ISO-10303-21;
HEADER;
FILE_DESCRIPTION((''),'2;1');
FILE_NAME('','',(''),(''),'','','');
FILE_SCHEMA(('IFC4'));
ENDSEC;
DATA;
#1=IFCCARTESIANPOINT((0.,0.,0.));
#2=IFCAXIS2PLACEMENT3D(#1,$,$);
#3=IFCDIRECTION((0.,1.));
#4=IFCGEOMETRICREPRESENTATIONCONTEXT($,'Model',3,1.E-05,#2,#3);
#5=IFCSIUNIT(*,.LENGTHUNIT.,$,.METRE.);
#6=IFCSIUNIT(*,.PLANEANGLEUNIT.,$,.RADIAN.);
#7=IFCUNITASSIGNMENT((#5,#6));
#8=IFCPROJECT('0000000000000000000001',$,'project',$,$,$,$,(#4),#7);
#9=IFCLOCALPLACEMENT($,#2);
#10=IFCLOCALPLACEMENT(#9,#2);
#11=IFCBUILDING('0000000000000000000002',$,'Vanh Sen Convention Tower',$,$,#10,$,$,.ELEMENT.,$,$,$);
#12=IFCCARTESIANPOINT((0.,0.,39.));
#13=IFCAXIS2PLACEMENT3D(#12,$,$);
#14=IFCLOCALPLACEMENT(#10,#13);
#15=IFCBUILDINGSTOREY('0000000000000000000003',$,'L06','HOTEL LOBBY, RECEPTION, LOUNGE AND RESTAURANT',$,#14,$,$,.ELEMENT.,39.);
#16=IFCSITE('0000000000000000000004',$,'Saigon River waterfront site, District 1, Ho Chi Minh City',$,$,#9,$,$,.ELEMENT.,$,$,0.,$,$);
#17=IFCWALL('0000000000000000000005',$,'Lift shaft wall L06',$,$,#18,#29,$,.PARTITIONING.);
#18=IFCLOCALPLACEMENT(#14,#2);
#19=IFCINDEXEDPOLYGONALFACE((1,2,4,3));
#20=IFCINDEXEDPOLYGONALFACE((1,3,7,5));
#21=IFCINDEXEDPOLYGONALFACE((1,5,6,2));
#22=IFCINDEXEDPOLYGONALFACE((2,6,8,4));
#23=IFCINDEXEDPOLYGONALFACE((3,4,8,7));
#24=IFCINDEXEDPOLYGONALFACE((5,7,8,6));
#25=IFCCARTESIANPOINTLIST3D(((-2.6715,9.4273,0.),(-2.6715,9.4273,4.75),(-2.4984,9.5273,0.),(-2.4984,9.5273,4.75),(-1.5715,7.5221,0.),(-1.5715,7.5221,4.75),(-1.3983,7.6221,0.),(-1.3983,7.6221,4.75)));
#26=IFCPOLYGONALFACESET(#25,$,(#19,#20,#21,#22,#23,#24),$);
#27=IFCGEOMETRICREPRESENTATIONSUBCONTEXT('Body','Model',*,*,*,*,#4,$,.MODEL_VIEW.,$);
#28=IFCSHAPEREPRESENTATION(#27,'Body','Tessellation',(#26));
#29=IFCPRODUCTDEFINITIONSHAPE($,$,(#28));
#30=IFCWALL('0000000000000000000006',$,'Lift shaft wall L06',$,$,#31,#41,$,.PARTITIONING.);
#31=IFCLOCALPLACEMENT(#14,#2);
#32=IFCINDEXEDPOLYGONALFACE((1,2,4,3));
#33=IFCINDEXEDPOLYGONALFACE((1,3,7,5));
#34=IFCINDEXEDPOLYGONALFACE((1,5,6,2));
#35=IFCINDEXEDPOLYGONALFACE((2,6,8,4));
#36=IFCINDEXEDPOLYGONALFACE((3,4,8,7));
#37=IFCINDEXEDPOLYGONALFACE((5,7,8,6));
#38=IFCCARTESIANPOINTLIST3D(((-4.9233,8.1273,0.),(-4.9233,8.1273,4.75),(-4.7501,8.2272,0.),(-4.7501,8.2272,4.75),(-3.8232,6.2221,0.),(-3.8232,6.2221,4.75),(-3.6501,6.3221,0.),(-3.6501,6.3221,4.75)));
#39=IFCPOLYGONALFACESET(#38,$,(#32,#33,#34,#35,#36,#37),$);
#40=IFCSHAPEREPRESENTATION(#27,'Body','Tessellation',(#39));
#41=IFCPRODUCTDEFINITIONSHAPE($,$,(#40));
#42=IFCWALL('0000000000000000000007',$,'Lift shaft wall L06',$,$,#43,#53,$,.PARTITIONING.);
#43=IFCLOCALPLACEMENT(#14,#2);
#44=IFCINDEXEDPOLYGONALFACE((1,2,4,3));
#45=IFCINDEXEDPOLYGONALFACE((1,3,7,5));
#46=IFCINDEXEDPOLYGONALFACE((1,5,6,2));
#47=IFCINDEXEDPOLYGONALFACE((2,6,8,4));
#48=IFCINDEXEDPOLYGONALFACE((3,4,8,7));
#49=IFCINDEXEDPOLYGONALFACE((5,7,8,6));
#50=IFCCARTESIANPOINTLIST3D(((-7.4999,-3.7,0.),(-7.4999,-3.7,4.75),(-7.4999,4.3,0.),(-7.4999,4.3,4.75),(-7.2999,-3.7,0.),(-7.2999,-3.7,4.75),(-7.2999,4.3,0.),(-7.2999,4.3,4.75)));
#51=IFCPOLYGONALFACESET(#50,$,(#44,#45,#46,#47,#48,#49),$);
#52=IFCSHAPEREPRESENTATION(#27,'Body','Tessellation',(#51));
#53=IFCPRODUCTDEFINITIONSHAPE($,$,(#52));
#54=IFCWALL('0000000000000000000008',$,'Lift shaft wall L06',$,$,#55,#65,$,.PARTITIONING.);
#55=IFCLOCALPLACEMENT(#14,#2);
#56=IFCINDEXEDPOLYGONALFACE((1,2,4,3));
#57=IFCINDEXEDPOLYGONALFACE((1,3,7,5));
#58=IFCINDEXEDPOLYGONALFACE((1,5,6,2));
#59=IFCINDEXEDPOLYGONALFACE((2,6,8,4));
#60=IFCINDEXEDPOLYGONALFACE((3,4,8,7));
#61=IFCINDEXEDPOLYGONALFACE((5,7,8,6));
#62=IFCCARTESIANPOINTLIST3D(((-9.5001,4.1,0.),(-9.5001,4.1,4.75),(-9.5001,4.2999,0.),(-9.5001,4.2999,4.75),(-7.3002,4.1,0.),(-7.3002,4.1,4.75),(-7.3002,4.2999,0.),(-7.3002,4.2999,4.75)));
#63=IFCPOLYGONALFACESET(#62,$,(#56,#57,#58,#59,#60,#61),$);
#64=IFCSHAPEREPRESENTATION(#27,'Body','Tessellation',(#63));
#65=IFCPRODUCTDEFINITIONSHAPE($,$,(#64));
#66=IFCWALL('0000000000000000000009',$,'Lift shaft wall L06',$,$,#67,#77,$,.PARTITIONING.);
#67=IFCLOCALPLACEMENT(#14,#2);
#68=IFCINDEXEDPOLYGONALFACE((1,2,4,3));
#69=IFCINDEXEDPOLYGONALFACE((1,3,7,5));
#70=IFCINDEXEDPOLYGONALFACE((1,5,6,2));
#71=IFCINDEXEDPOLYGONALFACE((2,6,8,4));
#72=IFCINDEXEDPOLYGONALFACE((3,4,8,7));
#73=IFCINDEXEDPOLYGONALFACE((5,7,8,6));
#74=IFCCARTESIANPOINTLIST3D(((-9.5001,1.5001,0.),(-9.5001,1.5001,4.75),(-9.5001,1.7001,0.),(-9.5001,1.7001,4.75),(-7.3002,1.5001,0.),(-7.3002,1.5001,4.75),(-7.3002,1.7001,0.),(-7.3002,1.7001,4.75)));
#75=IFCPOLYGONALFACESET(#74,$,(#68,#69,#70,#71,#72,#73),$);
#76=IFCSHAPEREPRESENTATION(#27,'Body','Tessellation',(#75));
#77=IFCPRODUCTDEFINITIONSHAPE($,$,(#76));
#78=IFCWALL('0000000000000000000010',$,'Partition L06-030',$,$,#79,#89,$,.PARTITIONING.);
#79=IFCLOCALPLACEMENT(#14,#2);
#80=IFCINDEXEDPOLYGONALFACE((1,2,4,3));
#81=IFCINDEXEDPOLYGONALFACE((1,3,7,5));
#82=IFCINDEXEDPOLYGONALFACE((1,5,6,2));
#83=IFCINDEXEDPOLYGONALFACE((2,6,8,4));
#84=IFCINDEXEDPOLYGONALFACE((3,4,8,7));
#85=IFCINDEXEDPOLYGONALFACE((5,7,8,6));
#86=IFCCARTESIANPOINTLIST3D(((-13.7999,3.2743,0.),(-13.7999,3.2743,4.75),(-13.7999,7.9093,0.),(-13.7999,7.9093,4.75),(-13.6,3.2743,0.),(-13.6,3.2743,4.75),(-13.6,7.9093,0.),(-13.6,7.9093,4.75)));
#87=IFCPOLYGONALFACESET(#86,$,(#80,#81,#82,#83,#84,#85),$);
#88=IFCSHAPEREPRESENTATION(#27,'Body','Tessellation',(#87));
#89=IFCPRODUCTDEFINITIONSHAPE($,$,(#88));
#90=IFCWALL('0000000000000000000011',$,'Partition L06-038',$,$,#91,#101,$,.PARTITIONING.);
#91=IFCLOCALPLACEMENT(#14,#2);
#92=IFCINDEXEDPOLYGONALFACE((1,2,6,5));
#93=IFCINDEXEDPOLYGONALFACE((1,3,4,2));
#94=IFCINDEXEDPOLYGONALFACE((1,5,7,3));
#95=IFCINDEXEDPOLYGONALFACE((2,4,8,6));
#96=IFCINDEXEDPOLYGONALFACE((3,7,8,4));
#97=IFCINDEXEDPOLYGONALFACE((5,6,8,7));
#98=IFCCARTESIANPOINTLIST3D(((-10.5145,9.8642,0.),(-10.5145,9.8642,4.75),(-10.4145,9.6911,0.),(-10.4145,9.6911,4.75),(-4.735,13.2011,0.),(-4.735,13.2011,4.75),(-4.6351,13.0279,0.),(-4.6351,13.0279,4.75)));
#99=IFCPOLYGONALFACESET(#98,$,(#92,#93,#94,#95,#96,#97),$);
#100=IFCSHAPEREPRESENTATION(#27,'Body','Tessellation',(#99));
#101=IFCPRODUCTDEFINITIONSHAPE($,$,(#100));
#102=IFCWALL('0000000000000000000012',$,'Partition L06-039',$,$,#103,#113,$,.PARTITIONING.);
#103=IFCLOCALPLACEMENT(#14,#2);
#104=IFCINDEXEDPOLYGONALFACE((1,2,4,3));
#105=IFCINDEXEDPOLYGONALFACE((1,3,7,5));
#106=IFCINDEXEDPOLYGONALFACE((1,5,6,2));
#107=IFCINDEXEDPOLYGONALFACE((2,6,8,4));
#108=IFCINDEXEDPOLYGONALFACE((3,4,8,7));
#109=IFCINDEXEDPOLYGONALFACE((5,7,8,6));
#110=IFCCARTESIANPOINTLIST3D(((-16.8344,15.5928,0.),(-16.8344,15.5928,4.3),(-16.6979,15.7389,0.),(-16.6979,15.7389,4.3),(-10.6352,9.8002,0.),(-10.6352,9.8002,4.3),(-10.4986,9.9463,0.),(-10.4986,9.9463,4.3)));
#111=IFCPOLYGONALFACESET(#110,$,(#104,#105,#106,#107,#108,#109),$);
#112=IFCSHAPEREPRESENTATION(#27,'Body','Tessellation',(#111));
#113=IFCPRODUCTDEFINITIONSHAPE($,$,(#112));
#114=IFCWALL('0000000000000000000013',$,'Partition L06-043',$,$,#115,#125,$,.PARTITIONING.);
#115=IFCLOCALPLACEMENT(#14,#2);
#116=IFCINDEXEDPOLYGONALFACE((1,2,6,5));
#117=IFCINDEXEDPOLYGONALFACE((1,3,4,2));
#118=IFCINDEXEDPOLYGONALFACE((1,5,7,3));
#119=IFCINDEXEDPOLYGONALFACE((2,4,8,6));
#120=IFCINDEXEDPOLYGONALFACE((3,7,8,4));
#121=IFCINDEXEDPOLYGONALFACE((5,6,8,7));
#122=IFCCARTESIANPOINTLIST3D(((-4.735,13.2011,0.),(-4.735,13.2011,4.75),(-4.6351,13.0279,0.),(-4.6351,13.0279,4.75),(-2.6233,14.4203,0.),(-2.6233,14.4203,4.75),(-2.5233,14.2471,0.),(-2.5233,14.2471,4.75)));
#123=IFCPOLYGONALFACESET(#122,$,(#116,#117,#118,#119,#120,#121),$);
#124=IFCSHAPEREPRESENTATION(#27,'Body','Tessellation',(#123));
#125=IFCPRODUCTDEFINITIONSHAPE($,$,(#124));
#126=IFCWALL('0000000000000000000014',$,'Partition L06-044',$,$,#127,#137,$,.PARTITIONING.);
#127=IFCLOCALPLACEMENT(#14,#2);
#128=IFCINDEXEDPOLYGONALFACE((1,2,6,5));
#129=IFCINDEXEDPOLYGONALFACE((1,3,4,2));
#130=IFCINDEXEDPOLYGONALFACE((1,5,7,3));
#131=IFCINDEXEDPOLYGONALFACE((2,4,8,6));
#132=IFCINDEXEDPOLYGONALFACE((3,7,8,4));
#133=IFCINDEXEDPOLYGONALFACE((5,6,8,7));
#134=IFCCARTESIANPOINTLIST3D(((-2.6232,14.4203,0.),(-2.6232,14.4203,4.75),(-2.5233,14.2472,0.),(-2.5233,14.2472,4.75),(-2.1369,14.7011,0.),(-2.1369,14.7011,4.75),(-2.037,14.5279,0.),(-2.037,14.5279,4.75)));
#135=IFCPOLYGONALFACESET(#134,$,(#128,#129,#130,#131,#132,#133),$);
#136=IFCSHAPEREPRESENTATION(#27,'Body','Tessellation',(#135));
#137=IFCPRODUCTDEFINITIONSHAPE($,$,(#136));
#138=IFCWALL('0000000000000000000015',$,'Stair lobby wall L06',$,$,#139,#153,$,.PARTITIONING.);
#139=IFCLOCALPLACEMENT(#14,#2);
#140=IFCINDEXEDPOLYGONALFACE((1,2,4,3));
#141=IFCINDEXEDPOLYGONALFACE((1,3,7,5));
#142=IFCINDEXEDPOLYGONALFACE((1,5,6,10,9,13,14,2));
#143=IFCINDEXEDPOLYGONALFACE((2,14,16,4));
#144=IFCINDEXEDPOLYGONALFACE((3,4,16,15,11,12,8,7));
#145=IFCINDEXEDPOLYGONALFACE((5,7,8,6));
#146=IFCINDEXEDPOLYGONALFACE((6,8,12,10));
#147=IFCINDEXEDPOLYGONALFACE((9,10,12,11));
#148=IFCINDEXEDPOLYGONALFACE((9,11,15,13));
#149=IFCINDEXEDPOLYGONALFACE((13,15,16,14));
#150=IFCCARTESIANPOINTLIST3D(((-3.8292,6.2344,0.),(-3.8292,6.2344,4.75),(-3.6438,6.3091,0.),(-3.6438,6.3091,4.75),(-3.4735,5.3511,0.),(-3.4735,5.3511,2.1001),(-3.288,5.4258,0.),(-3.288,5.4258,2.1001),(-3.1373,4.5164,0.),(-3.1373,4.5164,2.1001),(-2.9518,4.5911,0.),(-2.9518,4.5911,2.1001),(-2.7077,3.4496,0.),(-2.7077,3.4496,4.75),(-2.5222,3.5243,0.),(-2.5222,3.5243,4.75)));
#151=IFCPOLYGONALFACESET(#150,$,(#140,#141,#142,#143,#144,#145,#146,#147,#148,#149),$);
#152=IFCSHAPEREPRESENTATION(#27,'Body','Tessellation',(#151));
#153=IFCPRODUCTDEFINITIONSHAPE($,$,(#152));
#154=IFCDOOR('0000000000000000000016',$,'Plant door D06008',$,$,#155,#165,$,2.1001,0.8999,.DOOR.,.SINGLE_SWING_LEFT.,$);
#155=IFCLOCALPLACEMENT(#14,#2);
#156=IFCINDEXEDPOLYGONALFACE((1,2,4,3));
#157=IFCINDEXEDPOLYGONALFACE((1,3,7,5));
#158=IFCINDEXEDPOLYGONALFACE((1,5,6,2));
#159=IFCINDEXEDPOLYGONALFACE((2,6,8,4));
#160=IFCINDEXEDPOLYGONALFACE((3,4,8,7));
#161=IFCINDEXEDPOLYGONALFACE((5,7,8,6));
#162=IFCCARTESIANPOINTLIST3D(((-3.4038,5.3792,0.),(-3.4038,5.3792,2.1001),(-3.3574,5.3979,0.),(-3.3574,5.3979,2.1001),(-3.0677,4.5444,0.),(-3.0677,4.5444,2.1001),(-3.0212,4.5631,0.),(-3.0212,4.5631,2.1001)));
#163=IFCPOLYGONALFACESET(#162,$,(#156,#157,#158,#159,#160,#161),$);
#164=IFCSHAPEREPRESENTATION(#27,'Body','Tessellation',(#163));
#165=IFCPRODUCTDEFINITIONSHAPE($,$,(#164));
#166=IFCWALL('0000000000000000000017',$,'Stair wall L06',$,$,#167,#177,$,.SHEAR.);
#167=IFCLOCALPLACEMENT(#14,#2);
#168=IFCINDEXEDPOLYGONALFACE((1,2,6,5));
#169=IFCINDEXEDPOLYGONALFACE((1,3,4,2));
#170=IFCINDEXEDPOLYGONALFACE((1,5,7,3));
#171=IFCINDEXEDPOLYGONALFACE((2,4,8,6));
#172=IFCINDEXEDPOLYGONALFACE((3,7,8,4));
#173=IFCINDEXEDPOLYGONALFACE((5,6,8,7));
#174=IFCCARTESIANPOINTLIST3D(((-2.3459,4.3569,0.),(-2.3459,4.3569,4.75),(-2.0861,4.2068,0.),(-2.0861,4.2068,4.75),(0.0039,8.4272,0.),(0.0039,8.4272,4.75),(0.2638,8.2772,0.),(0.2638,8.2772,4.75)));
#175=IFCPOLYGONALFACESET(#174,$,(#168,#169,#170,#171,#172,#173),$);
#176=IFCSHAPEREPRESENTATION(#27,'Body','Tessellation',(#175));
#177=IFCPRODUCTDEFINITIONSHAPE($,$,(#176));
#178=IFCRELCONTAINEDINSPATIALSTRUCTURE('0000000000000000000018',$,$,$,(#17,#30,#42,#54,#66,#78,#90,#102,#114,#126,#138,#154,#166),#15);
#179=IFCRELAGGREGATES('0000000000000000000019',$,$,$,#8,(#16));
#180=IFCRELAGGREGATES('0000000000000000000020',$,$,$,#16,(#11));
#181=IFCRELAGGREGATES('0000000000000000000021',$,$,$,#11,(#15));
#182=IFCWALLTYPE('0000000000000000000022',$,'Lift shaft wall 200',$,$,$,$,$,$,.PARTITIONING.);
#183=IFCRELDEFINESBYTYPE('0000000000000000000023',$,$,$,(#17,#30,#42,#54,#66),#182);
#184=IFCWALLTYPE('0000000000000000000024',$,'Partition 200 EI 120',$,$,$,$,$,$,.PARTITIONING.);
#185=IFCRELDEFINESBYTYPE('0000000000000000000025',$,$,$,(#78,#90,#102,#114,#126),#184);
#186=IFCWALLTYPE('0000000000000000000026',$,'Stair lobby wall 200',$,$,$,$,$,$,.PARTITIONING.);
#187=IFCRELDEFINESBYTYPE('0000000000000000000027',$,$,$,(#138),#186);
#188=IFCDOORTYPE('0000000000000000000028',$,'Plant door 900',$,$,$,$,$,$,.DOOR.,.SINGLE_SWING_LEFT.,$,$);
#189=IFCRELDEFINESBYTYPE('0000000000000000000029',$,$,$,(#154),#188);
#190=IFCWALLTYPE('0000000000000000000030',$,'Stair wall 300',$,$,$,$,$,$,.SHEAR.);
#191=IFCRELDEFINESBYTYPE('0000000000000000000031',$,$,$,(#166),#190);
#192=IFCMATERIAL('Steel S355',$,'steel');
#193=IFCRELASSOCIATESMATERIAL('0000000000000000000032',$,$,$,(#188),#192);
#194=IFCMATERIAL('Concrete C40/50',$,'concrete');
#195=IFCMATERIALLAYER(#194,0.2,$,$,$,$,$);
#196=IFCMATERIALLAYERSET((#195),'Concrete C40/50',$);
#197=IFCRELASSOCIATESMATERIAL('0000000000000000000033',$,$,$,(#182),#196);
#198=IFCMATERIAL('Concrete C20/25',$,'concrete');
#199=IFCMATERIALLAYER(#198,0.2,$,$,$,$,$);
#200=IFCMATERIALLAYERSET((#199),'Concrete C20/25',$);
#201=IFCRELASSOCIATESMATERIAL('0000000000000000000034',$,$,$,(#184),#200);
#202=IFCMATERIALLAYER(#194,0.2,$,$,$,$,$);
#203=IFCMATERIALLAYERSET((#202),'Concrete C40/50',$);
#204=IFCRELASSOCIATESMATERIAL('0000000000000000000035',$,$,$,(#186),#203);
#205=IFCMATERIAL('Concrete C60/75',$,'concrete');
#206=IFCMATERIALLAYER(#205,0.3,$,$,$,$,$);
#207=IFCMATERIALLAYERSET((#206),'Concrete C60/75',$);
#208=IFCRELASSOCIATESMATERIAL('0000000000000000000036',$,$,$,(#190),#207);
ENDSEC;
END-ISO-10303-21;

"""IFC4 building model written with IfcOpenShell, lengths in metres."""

from ifc_helpers import new_model, si_unit, direction, frame, frame_2d, origin, place, context, subcontext, project, spatial, rectangle, extrude, material, layer, layer_set, type_object, element, fill, save


model = new_model("IFC4")

# Units and contexts
model_context = context("Model", 3, precision=1e-05, world=origin(), true_north=direction((0.0, 1.0)))
body_context = subcontext(model_context, "Body", "Model", "MODEL_VIEW")
ifc_project = project(units=[si_unit("LENGTHUNIT", "METRE"), si_unit("PLANEANGLEUNIT", "RADIAN")], contexts=[model_context])

# Site, building, storey
site_placement = place(None, origin())
site = spatial("IfcSite", under=ifc_project, at=site_placement, Name="Saigon River waterfront site, District 1, Ho Chi Minh City", CompositionType="ELEMENT", RefElevation=0.0)
building_placement = place(site_placement, origin())
building = spatial("IfcBuilding", under=site, at=building_placement, Name="Vanh Sen Convention Tower", CompositionType="ELEMENT")
storey_placement = place(building_placement, frame((0.0, 0.0, 39.0)))
storey = spatial("IfcBuildingStorey", under=building, at=storey_placement, Name="L06", Description="HOTEL LOBBY, RECEPTION, LOUNGE AND RESTAURANT", CompositionType="ELEMENT", Elevation=39.0)

# Shared definitions
ifc_material_1 = material(Name="Concrete C40/50", Category="concrete")

# Shared definitions
ifc_material_2 = material(Name="Steel S355", Category="steel")
door_type_1 = type_object("IfcDoorType", Name="Plant door 900", OperationType="SINGLE_SWING_LEFT", PredefinedType="DOOR", material=ifc_material_2)

# Shared definitions
ifc_material_3 = material(Name="Concrete C60/75", Category="concrete")

# Walls
ifc_layer_1 = layer(ifc_material_1, 0.2)
ifc_layer_set_1 = layer_set([ifc_layer_1], Name="Concrete C40/50")
wall_type_1 = type_object("IfcWallType", Name="Lift shaft wall 200", PredefinedType="PARTITIONING", material=ifc_layer_set_1)
for number, where, z_axis, x_axis, name in (
    (1, (-1.4849, 7.572, 0.0), (0.0, 0.0, 1.0), (-0.50003, 0.866008, 0.0), "Lift shaft wall L06"),
    (2, (-3.7366, 6.272, 0.0), (0.0, 0.0, 1.0), (-0.50003, 0.866008, 0.0), "Lift shaft wall L06"),
):
    element("IfcWall", number, at=place(storey_placement, frame(where, z_axis=z_axis, x_axis=x_axis)), inside=storey, type_object=wall_type_1, Name=name, PredefinedType="PARTITIONING", context=body_context, shape_type="SweptSolid", body=[
        extrude(rectangle(XDim=2.2, YDim=0.2, at=frame_2d((1.1001, 0.0))), origin(), (0.0, 0.0, 1.0), 4.75),
    ])
wall_1_placement = place(storey_placement, frame((-7.3999, 4.3, 0.0), z_axis=(0.0, 0.0, 1.0), x_axis=(0.0, -1.0, 0.0)))
element("IfcWall", 3, at=wall_1_placement, inside=storey, type_object=wall_type_1, Name="Lift shaft wall L06", PredefinedType="PARTITIONING", context=body_context, shape_type="SweptSolid", body=[
    extrude(rectangle(XDim=8.0, YDim=0.2, at=frame_2d((4.0, 0.0))), origin(), (0.0, 0.0, 1.0), 4.75),
])
for number, where, z_axis, x_axis, name in (
    (4, (-7.3, 4.2, 0.0), (0.0, 0.0, 1.0), (-1.0, 0.0, 0.0), "Lift shaft wall L06"),
    (5, (-7.3, 1.6001, 0.0), (0.0, 0.0, 1.0), (-1.0, 0.0, 0.0), "Lift shaft wall L06"),
):
    element("IfcWall", number, at=place(storey_placement, frame(where, z_axis=z_axis, x_axis=x_axis)), inside=storey, type_object=wall_type_1, Name=name, PredefinedType="PARTITIONING", context=body_context, shape_type="SweptSolid", body=[
        extrude(rectangle(XDim=2.2, YDim=0.2, at=frame_2d((1.1001, 0.0))), origin(), (0.0, 0.0, 1.0), 4.75),
    ])
ifc_material_4 = material(Name="Concrete C20/25", Category="concrete")
ifc_layer_2 = layer(ifc_material_4, 0.2)
ifc_layer_set_2 = layer_set([ifc_layer_2], Name="Concrete C20/25")
wall_type_2 = type_object("IfcWallType", Name="Partition 200 EI 120", PredefinedType="PARTITIONING", material=ifc_layer_set_2)
wall_2_placement = place(storey_placement, frame((-13.7, 3.2744, 0.0), z_axis=(0.0, 0.0, 1.0), x_axis=(0.0, 1.0, 0.0)))
element("IfcWall", 6, at=wall_2_placement, inside=storey, type_object=wall_type_2, Name="Partition L06-030", PredefinedType="PARTITIONING", context=body_context, shape_type="SweptSolid", body=[
    extrude(rectangle(XDim=4.635, YDim=0.2, at=frame_2d((2.3174, 0.0))), origin(), (0.0, 0.0, 1.0), 4.75),
])

# Walls
wall_3_placement = place(storey_placement, frame((-10.4646, 9.7776, 0.0), z_axis=(0.0, 0.0, 1.0), x_axis=(0.866019, 0.500011, 0.0)))
element("IfcWall", 7, at=wall_3_placement, inside=storey, type_object=wall_type_2, Name="Partition L06-038", PredefinedType="PARTITIONING", context=body_context, shape_type="SweptSolid", body=[
    extrude(rectangle(XDim=6.6736, YDim=0.2, at=frame_2d((3.3369, 0.0))), origin(), (0.0, 0.0, 1.0), 4.75),
])
wall_4_placement = place(storey_placement, frame((-10.5669, 9.8733, 0.0), z_axis=(0.0, 0.0, 1.0), x_axis=(-0.73067, 0.68273, 0.0)))
element("IfcWall", 8, at=wall_4_placement, inside=storey, type_object=wall_type_2, Name="Partition L06-039", PredefinedType="PARTITIONING", context=body_context, shape_type="SweptSolid", body=[
    extrude(rectangle(XDim=8.4844, YDim=0.2, at=frame_2d((4.2422, 0.0))), origin(), (0.0, 0.0, 1.0), 4.3),
])
wall_5_placement = place(storey_placement, frame((-4.6851, 13.1145, 0.0), z_axis=(0.0, 0.0, 1.0), x_axis=(0.866029, 0.499994, 0.0)))
element("IfcWall", 9, at=wall_5_placement, inside=storey, type_object=wall_type_2, Name="Partition L06-043", PredefinedType="PARTITIONING", context=body_context, shape_type="SweptSolid", body=[
    extrude(rectangle(XDim=2.4385, YDim=0.2, at=frame_2d((1.2192, 0.0))), origin(), (0.0, 0.0, 1.0), 4.75),
])
wall_6_placement = place(storey_placement, frame((-2.5732, 14.3337, 0.0), z_axis=(0.0, 0.0, 1.0), x_axis=(0.866041, 0.499973, 0.0)))
element("IfcWall", 10, at=wall_6_placement, inside=storey, type_object=wall_type_2, Name="Partition L06-044", PredefinedType="PARTITIONING", context=body_context, shape_type="SweptSolid", body=[
    extrude(rectangle(XDim=0.5615, YDim=0.2, at=frame_2d((0.2808, 0.0))), origin(), (0.0, 0.0, 1.0), 4.75),
])

# Wall, opening, door
ifc_layer_3 = layer(ifc_material_1, 0.2)
ifc_layer_set_3 = layer_set([ifc_layer_3], Name="Concrete C40/50")
wall_type_3 = type_object("IfcWallType", Name="Stair lobby wall 200", PredefinedType="PARTITIONING", material=ifc_layer_set_3)
wall_7_placement = place(storey_placement, frame((-2.615, 3.4871, 0.0), z_axis=(0.0, 0.0, 1.0), x_axis=(-0.373577, 0.927599, 0.0)))
wall_7 = element("IfcWall", 11, at=wall_7_placement, inside=storey, type_object=wall_type_3, Name="Stair lobby wall L06", PredefinedType="PARTITIONING", context=body_context, shape_type="SweptSolid", body=[
    extrude(rectangle(XDim=3.0022, YDim=0.2, at=frame_2d((1.501, 0.0))), origin(), (0.0, 0.0, 1.0), 4.75),
])
opening_1_placement = place(wall_7_placement, frame((1.1499, 0.0, 0.0)))
opening_1 = element("IfcOpeningElement", 12, at=opening_1_placement, cuts=wall_7, PredefinedType="OPENING", context=body_context, shape_type="SweptSolid", body=[
    extrude(rectangle(XDim=0.8999, YDim=2.1001, at=frame_2d((0.45, 1.05))), frame((0.0, 0.1099, 0.0), z_axis=(0.0, -1.0, 0.0), x_axis=(1.0, 0.0, 0.0)), (0.0, 0.0, 1.0), 0.22),
])
door_1_placement = place(opening_1_placement, origin())
door_1 = element("IfcDoor", 13, at=door_1_placement, inside=storey, type_object=door_type_1, Name="Plant door D06008", OperationType="SINGLE_SWING_LEFT", OverallHeight=2.1001, OverallWidth=0.8999, PredefinedType="DOOR", context=body_context, shape_type="SweptSolid", body=[
    extrude(rectangle(XDim=0.8999, YDim=2.1001, at=frame_2d((0.45, 1.05))), frame((0.0, 0.0249, 0.0), z_axis=(0.0, -1.0, 0.0), x_axis=(1.0, 0.0, 0.0)), (0.0, 0.0, 1.0), 0.05),
])
fill(opening_1, door_1)

# Wall
ifc_layer_4 = layer(ifc_material_3, 0.3)
ifc_layer_set_4 = layer_set([ifc_layer_4], Name="Concrete C60/75")
wall_type_4 = type_object("IfcWallType", Name="Stair wall 300", PredefinedType="SHEAR", material=ifc_layer_set_4)
wall_8_placement = place(storey_placement, frame((-2.2161, 4.2817, 0.0), z_axis=(0.0, 0.0, 1.0), x_axis=(0.499977, 0.866039, 0.0)))
element("IfcWall", 14, at=wall_8_placement, inside=storey, type_object=wall_type_4, Name="Stair wall L06", PredefinedType="SHEAR", context=body_context, shape_type="SweptSolid", body=[
    extrude(rectangle(XDim=4.7, YDim=0.3, at=frame_2d((2.3501, 0.0))), origin(), (0.0, 0.0, 1.0), 4.75),
])

save(model, "model.ifc")
